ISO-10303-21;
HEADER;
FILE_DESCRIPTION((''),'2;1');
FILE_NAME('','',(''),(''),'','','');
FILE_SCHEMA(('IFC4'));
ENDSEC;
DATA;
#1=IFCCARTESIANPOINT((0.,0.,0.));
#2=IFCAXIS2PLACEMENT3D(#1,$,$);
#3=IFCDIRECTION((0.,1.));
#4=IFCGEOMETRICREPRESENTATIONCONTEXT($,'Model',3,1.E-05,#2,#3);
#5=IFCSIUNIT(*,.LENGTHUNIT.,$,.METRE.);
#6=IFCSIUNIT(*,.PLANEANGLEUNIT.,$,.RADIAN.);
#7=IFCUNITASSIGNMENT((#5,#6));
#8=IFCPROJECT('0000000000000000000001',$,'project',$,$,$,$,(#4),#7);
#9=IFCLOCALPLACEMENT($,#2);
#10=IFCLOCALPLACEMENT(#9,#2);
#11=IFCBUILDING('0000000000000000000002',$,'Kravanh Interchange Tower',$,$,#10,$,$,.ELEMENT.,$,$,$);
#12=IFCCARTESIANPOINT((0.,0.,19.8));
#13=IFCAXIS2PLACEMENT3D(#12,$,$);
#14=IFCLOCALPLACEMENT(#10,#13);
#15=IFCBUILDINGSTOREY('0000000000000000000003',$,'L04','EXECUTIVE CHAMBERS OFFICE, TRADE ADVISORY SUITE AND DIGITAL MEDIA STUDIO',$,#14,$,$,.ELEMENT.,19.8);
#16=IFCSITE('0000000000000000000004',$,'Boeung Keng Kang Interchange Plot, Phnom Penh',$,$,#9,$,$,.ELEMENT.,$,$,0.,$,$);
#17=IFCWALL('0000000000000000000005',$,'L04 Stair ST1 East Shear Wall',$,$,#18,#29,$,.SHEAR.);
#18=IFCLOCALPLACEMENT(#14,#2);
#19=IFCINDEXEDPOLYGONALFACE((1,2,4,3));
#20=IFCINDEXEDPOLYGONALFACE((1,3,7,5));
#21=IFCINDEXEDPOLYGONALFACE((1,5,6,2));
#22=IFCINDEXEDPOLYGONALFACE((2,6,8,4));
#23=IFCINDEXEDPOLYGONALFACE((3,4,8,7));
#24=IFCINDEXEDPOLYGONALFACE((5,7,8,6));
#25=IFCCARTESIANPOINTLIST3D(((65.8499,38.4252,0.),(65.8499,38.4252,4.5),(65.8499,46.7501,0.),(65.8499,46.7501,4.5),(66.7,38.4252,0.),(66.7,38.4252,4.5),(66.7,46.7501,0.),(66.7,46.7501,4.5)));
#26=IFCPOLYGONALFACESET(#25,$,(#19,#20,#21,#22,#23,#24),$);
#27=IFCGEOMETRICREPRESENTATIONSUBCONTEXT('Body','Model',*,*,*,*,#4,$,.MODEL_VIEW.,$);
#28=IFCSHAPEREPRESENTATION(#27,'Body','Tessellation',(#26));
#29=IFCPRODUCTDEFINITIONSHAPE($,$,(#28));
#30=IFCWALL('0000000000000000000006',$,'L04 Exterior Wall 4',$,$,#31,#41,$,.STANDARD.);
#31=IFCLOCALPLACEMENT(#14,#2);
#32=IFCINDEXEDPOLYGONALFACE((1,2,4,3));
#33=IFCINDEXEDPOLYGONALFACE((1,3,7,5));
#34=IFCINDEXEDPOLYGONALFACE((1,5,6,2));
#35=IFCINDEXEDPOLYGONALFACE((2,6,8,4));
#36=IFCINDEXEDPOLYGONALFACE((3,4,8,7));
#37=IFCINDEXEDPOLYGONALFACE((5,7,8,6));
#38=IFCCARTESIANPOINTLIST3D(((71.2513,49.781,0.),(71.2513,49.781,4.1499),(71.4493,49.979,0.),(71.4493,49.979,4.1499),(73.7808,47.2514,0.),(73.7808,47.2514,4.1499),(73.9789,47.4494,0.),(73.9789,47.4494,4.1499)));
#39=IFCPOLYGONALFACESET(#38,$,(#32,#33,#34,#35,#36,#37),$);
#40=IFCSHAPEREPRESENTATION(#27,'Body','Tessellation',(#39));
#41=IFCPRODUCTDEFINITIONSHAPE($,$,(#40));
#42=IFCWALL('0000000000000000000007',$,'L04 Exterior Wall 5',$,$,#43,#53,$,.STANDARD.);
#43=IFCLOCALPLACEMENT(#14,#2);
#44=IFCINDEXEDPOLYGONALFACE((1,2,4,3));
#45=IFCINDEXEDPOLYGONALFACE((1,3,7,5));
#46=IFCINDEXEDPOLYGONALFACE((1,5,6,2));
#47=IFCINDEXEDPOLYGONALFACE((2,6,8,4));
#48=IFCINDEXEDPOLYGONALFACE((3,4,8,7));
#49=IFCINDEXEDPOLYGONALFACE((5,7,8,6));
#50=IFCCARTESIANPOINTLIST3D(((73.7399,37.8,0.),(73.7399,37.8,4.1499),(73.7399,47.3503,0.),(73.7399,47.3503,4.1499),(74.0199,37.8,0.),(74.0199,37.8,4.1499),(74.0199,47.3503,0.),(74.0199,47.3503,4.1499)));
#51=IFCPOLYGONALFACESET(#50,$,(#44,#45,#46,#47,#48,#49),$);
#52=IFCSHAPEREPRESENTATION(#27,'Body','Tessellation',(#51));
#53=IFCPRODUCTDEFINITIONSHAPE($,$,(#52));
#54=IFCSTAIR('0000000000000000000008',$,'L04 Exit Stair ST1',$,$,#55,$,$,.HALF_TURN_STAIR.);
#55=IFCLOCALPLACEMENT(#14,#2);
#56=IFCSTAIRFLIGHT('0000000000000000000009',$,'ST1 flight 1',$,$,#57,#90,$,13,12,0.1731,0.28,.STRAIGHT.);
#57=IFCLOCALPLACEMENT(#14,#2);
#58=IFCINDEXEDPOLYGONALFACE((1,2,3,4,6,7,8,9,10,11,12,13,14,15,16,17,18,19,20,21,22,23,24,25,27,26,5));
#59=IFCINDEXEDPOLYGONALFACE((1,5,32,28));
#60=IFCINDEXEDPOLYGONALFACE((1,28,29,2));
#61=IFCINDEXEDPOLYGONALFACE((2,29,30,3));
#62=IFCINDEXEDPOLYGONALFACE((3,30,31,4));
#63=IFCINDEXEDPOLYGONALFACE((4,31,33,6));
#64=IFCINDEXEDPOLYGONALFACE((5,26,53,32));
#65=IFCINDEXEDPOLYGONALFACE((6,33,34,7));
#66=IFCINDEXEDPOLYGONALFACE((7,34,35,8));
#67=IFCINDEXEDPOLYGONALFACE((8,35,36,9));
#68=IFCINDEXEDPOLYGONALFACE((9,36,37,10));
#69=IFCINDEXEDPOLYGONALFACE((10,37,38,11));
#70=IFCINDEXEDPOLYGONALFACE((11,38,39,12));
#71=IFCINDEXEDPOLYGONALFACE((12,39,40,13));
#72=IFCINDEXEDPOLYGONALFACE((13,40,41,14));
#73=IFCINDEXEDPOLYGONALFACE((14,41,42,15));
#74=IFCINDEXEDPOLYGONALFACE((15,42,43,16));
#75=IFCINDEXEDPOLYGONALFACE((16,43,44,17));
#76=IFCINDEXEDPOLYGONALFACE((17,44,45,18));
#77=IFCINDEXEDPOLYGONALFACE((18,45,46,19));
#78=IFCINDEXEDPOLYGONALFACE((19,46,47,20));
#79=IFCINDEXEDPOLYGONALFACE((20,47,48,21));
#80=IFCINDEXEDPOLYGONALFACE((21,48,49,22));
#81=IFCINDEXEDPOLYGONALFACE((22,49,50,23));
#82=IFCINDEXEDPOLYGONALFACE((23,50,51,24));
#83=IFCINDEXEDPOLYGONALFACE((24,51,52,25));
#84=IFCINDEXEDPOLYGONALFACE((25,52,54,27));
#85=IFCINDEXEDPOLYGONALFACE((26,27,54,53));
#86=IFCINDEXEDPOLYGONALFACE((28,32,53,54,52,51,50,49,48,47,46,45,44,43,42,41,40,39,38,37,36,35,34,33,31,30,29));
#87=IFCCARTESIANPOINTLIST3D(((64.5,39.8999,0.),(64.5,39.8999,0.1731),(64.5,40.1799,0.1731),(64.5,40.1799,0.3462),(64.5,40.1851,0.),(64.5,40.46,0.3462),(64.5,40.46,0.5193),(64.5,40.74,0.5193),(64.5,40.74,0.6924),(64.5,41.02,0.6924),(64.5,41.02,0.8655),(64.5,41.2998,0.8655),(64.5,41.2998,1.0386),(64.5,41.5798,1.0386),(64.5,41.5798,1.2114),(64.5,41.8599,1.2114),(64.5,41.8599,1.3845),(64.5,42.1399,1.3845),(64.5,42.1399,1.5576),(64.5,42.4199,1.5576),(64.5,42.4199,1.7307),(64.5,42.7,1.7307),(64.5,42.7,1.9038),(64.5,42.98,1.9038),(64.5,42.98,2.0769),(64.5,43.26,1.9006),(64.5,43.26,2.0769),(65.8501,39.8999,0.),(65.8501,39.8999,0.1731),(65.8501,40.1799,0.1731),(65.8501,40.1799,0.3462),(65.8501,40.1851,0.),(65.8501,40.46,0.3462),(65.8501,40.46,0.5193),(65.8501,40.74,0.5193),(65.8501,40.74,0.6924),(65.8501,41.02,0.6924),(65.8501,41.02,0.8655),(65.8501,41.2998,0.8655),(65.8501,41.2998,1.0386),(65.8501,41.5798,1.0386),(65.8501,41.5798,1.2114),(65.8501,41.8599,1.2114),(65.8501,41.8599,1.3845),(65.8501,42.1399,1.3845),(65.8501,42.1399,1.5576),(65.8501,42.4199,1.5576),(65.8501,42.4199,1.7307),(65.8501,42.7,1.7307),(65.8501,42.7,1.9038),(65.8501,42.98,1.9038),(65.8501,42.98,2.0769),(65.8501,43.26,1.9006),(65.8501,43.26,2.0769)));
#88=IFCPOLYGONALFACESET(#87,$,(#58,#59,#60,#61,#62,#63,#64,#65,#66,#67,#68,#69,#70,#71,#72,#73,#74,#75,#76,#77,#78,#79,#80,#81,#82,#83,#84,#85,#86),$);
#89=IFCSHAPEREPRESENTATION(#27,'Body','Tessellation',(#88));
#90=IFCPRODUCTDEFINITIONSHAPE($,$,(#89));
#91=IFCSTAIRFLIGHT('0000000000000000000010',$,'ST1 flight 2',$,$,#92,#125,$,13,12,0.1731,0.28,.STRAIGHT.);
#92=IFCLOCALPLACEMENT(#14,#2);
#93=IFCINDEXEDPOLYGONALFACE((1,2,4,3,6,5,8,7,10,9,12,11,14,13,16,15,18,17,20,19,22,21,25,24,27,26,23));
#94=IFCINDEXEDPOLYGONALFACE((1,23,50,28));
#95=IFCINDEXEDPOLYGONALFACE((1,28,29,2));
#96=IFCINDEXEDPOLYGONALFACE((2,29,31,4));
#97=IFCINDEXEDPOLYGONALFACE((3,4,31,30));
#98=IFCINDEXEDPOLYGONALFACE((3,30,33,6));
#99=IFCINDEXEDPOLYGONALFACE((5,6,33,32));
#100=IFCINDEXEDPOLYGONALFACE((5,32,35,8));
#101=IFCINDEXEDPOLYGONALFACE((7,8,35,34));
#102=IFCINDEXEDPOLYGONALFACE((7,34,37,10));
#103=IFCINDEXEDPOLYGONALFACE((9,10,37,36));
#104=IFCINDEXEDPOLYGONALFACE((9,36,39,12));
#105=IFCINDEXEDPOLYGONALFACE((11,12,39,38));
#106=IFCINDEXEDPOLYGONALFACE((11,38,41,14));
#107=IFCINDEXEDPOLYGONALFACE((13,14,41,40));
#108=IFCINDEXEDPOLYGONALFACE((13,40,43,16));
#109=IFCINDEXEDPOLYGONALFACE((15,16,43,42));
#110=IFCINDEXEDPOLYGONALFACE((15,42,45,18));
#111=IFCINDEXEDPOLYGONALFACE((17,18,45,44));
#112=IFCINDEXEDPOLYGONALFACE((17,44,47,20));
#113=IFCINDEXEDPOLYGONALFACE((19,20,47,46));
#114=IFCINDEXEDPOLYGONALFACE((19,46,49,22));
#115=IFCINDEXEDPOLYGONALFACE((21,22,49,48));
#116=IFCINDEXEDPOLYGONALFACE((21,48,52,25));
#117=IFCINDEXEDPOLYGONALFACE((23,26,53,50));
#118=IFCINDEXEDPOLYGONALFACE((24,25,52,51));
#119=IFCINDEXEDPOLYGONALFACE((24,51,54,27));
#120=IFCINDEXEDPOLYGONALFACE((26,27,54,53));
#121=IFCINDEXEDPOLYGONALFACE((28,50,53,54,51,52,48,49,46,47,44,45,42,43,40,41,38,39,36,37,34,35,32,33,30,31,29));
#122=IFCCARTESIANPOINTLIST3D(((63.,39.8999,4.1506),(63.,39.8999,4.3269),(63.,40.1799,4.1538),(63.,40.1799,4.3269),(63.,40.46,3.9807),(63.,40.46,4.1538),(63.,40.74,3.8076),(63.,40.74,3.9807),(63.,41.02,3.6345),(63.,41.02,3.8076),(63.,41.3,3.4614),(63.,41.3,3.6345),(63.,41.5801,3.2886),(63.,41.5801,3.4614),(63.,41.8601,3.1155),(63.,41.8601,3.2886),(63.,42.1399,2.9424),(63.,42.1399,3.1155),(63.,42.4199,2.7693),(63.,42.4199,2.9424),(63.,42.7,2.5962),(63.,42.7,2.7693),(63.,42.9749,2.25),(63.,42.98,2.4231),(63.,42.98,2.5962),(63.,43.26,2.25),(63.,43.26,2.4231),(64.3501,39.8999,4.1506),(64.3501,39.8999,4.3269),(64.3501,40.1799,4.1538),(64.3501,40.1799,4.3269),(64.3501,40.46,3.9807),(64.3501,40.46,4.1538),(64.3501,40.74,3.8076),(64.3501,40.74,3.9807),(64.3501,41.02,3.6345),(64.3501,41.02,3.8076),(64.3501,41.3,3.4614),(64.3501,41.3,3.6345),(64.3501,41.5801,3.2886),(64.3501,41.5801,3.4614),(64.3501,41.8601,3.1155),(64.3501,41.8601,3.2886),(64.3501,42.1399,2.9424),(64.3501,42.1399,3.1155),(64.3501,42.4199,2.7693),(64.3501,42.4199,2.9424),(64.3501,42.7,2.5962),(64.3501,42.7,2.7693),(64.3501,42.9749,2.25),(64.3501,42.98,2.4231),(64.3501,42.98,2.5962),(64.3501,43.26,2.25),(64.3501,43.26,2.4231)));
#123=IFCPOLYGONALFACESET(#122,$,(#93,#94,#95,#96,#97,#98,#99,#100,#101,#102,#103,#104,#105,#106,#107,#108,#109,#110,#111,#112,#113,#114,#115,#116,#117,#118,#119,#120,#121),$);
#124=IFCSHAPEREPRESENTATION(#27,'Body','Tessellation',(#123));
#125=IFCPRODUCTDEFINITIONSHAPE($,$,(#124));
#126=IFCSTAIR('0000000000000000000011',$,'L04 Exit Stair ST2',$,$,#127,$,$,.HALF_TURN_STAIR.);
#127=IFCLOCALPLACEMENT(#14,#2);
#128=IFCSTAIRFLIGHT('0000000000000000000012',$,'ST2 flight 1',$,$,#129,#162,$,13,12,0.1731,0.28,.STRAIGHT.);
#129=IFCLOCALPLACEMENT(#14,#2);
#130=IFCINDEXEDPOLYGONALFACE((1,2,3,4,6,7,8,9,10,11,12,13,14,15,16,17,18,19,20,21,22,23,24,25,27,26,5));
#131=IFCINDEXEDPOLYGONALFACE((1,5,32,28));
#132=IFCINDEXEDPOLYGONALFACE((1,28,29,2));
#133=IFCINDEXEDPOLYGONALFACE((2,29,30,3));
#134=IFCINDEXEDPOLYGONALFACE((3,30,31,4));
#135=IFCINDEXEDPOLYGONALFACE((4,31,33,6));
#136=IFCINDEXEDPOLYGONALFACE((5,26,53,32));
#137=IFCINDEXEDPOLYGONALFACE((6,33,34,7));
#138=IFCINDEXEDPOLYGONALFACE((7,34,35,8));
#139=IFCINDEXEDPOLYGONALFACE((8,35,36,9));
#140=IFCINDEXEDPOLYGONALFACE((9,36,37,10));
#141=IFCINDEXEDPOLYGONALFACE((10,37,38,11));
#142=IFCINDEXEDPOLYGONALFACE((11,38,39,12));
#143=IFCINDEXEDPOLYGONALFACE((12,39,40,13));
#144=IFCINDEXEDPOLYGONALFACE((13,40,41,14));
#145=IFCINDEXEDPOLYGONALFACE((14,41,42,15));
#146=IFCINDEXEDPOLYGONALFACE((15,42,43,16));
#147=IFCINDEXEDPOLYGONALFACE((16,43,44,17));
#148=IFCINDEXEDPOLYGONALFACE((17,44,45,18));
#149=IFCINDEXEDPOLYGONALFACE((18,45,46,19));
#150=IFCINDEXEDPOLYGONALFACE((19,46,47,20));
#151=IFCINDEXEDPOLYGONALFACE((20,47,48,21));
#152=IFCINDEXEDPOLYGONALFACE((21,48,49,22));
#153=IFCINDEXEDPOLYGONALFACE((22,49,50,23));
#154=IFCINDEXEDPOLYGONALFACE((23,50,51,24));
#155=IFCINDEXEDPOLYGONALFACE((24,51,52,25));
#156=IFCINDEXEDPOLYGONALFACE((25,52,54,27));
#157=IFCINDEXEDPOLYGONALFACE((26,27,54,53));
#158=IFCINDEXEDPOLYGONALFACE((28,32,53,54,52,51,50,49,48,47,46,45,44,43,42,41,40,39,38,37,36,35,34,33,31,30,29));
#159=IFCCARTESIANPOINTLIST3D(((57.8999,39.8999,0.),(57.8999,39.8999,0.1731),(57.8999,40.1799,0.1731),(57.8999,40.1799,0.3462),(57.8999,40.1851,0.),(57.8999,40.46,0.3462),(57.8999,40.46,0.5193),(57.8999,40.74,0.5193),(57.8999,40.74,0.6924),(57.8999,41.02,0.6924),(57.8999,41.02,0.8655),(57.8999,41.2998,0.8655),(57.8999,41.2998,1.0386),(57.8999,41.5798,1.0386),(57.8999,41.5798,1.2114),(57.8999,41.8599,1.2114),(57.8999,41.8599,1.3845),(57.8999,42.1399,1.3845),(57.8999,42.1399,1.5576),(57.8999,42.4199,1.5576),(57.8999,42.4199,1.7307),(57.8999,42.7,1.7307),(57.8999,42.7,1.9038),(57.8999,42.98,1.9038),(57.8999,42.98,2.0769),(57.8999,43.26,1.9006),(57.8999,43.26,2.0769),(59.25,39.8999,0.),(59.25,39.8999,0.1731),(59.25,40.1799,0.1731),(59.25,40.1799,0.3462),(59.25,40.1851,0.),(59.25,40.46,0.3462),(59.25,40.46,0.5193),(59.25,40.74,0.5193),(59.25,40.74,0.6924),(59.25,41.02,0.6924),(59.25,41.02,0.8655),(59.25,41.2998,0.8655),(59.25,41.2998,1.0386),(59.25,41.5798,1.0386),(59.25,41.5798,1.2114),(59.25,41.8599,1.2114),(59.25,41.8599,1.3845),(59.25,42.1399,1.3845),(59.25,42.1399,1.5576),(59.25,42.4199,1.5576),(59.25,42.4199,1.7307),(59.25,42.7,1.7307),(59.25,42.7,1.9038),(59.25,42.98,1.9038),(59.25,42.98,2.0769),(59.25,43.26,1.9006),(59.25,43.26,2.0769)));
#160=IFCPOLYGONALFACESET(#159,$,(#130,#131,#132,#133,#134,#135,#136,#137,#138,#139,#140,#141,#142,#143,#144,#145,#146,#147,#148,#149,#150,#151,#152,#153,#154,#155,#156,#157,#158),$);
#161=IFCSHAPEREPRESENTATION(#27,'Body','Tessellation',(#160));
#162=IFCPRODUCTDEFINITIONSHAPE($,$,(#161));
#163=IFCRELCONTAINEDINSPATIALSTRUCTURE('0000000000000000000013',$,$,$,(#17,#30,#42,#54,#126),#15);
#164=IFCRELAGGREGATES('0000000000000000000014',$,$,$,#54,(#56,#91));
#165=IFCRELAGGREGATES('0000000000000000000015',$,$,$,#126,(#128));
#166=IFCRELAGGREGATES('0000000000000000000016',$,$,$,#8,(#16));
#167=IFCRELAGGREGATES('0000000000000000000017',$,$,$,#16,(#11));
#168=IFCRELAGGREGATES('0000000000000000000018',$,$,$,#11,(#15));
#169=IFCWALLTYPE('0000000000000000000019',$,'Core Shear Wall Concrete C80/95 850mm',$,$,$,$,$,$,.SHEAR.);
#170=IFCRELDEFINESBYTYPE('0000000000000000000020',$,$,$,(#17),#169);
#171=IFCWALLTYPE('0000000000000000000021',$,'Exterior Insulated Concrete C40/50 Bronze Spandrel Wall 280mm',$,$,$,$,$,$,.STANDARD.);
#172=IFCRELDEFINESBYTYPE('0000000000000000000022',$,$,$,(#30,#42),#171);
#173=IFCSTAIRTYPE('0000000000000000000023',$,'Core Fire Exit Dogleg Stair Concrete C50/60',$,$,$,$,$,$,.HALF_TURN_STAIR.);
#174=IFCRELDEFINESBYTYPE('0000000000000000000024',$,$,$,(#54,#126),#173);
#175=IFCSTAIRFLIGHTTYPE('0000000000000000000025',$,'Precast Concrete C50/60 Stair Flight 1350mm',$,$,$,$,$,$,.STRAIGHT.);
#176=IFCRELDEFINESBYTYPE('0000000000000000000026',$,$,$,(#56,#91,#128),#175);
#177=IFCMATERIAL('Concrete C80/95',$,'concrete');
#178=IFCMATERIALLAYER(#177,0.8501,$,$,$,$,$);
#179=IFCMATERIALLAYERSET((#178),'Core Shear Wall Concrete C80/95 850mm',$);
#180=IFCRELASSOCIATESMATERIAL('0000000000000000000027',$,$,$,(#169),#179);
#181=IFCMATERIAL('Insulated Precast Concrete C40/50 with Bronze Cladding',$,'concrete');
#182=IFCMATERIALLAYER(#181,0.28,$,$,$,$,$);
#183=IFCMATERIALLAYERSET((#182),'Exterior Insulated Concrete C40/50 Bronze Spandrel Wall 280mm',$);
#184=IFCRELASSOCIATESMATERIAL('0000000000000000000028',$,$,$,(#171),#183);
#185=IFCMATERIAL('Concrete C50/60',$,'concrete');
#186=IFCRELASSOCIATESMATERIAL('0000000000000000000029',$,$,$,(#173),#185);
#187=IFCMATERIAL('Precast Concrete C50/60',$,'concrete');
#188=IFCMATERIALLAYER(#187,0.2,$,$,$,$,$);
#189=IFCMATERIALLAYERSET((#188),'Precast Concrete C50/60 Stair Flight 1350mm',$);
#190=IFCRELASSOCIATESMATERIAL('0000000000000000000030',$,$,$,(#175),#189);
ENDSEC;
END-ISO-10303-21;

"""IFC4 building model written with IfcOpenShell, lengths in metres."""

from ifc_helpers import new_model, si_unit, direction, frame, frame_2d, origin, place, context, subcontext, project, spatial, polyline, rectangle, outline, extrude, material, layer, layer_set, type_object, element, aggregate, save


model = new_model("IFC4")

# Units and contexts
model_context = context("Model", 3, precision=1e-05, world=origin(), true_north=direction((0.0, 1.0)))
body_context = subcontext(model_context, "Body", "Model", "MODEL_VIEW")
ifc_project = project(units=[si_unit("LENGTHUNIT", "METRE"), si_unit("PLANEANGLEUNIT", "RADIAN")], contexts=[model_context])

# Site, building, storey
site_placement = place(None, origin())
site = spatial("IfcSite", under=ifc_project, at=site_placement, Name="Boeung Keng Kang Interchange Plot, Phnom Penh", CompositionType="ELEMENT", RefElevation=0.0)
building_placement = place(site_placement, origin())
building = spatial("IfcBuilding", under=site, at=building_placement, Name="Kravanh Interchange Tower", CompositionType="ELEMENT")
storey_placement = place(building_placement, frame((0.0, 0.0, 19.8)))
storey = spatial("IfcBuildingStorey", under=building, at=storey_placement, Name="L04", Description="EXECUTIVE CHAMBERS OFFICE, TRADE ADVISORY SUITE AND DIGITAL MEDIA STUDIO", CompositionType="ELEMENT", Elevation=19.8)

# Walls
ifc_material_1 = material(Name="Concrete C80/95", Category="concrete")
ifc_layer_1 = layer(ifc_material_1, 0.8501)
ifc_layer_set_1 = layer_set([ifc_layer_1], Name="Core Shear Wall Concrete C80/95 850mm")
wall_type_1 = type_object("IfcWallType", Name="Core Shear Wall Concrete C80/95 850mm", PredefinedType="SHEAR", material=ifc_layer_set_1)
wall_1_placement = place(storey_placement, frame((66.2749, 38.425, 0.0), z_axis=(0.0, 0.0, 1.0), x_axis=(0.0, 1.0, 0.0)))
element("IfcWall", 1, at=wall_1_placement, inside=storey, type_object=wall_type_1, Name="L04 Stair ST1 East Shear Wall", PredefinedType="SHEAR", context=body_context, shape_type="SweptSolid", body=[
    extrude(rectangle(XDim=8.325, YDim=0.8501, at=frame_2d((4.1626, 0.0))), origin(), (0.0, 0.0, 1.0), 4.5),
])
ifc_material_2 = material(Name="Insulated Precast Concrete C40/50 with Bronze Cladding", Category="concrete")
ifc_layer_2 = layer(ifc_material_2, 0.28)
ifc_layer_set_2 = layer_set([ifc_layer_2], Name="Exterior Insulated Concrete C40/50 Bronze Spandrel Wall 280mm")
wall_type_2 = type_object("IfcWallType", Name="Exterior Insulated Concrete C40/50 Bronze Spandrel Wall 280mm", PredefinedType="STANDARD", material=ifc_layer_set_2)
wall_2_placement = place(storey_placement, frame((71.3503, 49.8799, 0.0), z_axis=(0.0, 0.0, 1.0), x_axis=(0.707107, -0.707107, 0.0)))
element("IfcWall", 2, at=wall_2_placement, inside=storey, type_object=wall_type_2, Name="L04 Exterior Wall 4", PredefinedType="STANDARD", context=body_context, shape_type="SweptSolid", body=[
    extrude(rectangle(XDim=3.5774, YDim=0.28, at=frame_2d((1.7886, 0.0))), origin(), (0.0, 0.0, 1.0), 4.1499),
])
wall_3_placement = place(storey_placement, frame((73.8799, 47.3503, 0.0), z_axis=(0.0, 0.0, 1.0), x_axis=(0.0, -1.0, 0.0)))
element("IfcWall", 3, at=wall_3_placement, inside=storey, type_object=wall_type_2, Name="L04 Exterior Wall 5", PredefinedType="STANDARD", context=body_context, shape_type="SweptSolid", body=[
    extrude(rectangle(XDim=9.5503, YDim=0.28, at=frame_2d((4.7751, 0.0))), origin(), (0.0, 0.0, 1.0), 4.1499),
])

# Stairs, stair flights
ifc_material_3 = material(Name="Concrete C50/60", Category="concrete")
stair_type = type_object("IfcStairType", Name="Core Fire Exit Dogleg Stair Concrete C50/60", PredefinedType="HALF_TURN_STAIR", material=ifc_material_3)
stair_1_placement = place(storey_placement, origin())
stair_1 = element("IfcStair", 4, at=stair_1_placement, inside=storey, type_object=stair_type, Name="L04 Exit Stair ST1", PredefinedType="HALF_TURN_STAIR")
ifc_material_4 = material(Name="Precast Concrete C50/60", Category="concrete")
ifc_layer_3 = layer(ifc_material_4, 0.2)
ifc_layer_set_3 = layer_set([ifc_layer_3], Name="Precast Concrete C50/60 Stair Flight 1350mm")
stair_flight_type = type_object("IfcStairFlightType", Name="Precast Concrete C50/60 Stair Flight 1350mm", PredefinedType="STRAIGHT", material=ifc_layer_set_3)
stair_flight_1_placement = place(storey_placement, frame((65.175, 39.8999, 0.0), z_axis=(0.0, 0.0, 1.0), x_axis=(0.0, 1.0, 0.0)))
stair_flight_1 = element("IfcStairFlight", 5, at=stair_flight_1_placement, type_object=stair_flight_type, Name="ST1 flight 1", NumberOfRisers=13, NumberOfTreads=12, PredefinedType="STRAIGHT", RiserHeight=0.1731, TreadLength=0.28, context=body_context, shape_type="SweptSolid", body=[
    extrude(outline(polyline([(0.0, 0.0), (0.0, 0.1731), (0.28, 0.1731), (0.28, 0.3462), (0.5601, 0.3462), (0.5601, 0.5193), (0.8401, 0.5193), (0.8401, 0.6924), (1.1201, 0.6924), (1.1201, 0.8655), (1.3999, 0.8655), (1.3999, 1.0386), (1.6799, 1.0386), (1.6799, 1.2114), (1.96, 1.2114), (1.96, 1.3845), (2.24, 1.3845), (2.24, 1.5576), (2.52, 1.5576), (2.52, 1.7307), (2.8, 1.7307), (2.8, 1.9038), (3.0801, 1.9038), (3.0801, 2.0769), (3.3601, 2.0769), (3.3601, 2.25), (3.3601, 1.9006), (0.2852, 0.0), (0.0, 0.0)])), frame((0.0, 0.675, 0.0), z_axis=(0.0, -1.0, 0.0), x_axis=(1.0, 0.0, 0.0)), (0.0, 0.0, 1.0), 1.3501),
])
stair_flight_2_placement = place(storey_placement, frame((63.675, 43.26, 2.25), z_axis=(0.0, 0.0, 1.0), x_axis=(0.0, -1.0, 0.0)))
stair_flight_2 = element("IfcStairFlight", 6, at=stair_flight_2_placement, type_object=stair_flight_type, Name="ST1 flight 2", NumberOfRisers=13, NumberOfTreads=12, PredefinedType="STRAIGHT", RiserHeight=0.1731, TreadLength=0.28, context=body_context, shape_type="SweptSolid", body=[
    extrude(outline(polyline([(0.0, 0.0), (0.0, 0.1731), (0.28, 0.1731), (0.28, 0.3462), (0.5601, 0.3462), (0.5601, 0.5193), (0.8401, 0.5193), (0.8401, 0.6924), (1.1201, 0.6924), (1.1201, 0.8655), (1.3999, 0.8655), (1.3999, 1.0386), (1.6799, 1.0386), (1.6799, 1.2114), (1.96, 1.2114), (1.96, 1.3845), (2.24, 1.3845), (2.24, 1.5576), (2.52, 1.5576), (2.52, 1.7307), (2.8, 1.7307), (2.8, 1.9038), (3.0801, 1.9038), (3.0801, 2.0769), (3.3601, 2.0769), (3.3601, 2.25), (3.3601, 1.9006), (0.2852, 0.0), (0.0, 0.0)])), frame((0.0, 0.675, 0.0), z_axis=(0.0, -1.0, 0.0), x_axis=(1.0, 0.0, 0.0)), (0.0, 0.0, 1.0), 1.3501),
])
aggregate(stair_1, [stair_flight_1, stair_flight_2])
stair_2_placement = place(storey_placement, origin())
stair_2 = element("IfcStair", 7, at=stair_2_placement, inside=storey, type_object=stair_type, Name="L04 Exit Stair ST2", PredefinedType="HALF_TURN_STAIR")
stair_flight_3_placement = place(storey_placement, frame((58.575, 39.8999, 0.0), z_axis=(0.0, 0.0, 1.0), x_axis=(0.0, 1.0, 0.0)))
stair_flight_3 = element("IfcStairFlight", 8, at=stair_flight_3_placement, type_object=stair_flight_type, Name="ST2 flight 1", NumberOfRisers=13, NumberOfTreads=12, PredefinedType="STRAIGHT", RiserHeight=0.1731, TreadLength=0.28, context=body_context, shape_type="SweptSolid", body=[
    extrude(outline(polyline([(0.0, 0.0), (0.0, 0.1731), (0.28, 0.1731), (0.28, 0.3462), (0.5601, 0.3462), (0.5601, 0.5193), (0.8401, 0.5193), (0.8401, 0.6924), (1.1201, 0.6924), (1.1201, 0.8655), (1.3999, 0.8655), (1.3999, 1.0386), (1.6799, 1.0386), (1.6799, 1.2114), (1.96, 1.2114), (1.96, 1.3845), (2.24, 1.3845), (2.24, 1.5576), (2.52, 1.5576), (2.52, 1.7307), (2.8, 1.7307), (2.8, 1.9038), (3.0801, 1.9038), (3.0801, 2.0769), (3.3601, 2.0769), (3.3601, 2.25), (3.3601, 1.9006), (0.2852, 0.0), (0.0, 0.0)])), frame((0.0, 0.675, 0.0), z_axis=(0.0, -1.0, 0.0), x_axis=(1.0, 0.0, 0.0)), (0.0, 0.0, 1.0), 1.3501),
])
aggregate(stair_2, [stair_flight_3])

save(model, "model.ifc")
